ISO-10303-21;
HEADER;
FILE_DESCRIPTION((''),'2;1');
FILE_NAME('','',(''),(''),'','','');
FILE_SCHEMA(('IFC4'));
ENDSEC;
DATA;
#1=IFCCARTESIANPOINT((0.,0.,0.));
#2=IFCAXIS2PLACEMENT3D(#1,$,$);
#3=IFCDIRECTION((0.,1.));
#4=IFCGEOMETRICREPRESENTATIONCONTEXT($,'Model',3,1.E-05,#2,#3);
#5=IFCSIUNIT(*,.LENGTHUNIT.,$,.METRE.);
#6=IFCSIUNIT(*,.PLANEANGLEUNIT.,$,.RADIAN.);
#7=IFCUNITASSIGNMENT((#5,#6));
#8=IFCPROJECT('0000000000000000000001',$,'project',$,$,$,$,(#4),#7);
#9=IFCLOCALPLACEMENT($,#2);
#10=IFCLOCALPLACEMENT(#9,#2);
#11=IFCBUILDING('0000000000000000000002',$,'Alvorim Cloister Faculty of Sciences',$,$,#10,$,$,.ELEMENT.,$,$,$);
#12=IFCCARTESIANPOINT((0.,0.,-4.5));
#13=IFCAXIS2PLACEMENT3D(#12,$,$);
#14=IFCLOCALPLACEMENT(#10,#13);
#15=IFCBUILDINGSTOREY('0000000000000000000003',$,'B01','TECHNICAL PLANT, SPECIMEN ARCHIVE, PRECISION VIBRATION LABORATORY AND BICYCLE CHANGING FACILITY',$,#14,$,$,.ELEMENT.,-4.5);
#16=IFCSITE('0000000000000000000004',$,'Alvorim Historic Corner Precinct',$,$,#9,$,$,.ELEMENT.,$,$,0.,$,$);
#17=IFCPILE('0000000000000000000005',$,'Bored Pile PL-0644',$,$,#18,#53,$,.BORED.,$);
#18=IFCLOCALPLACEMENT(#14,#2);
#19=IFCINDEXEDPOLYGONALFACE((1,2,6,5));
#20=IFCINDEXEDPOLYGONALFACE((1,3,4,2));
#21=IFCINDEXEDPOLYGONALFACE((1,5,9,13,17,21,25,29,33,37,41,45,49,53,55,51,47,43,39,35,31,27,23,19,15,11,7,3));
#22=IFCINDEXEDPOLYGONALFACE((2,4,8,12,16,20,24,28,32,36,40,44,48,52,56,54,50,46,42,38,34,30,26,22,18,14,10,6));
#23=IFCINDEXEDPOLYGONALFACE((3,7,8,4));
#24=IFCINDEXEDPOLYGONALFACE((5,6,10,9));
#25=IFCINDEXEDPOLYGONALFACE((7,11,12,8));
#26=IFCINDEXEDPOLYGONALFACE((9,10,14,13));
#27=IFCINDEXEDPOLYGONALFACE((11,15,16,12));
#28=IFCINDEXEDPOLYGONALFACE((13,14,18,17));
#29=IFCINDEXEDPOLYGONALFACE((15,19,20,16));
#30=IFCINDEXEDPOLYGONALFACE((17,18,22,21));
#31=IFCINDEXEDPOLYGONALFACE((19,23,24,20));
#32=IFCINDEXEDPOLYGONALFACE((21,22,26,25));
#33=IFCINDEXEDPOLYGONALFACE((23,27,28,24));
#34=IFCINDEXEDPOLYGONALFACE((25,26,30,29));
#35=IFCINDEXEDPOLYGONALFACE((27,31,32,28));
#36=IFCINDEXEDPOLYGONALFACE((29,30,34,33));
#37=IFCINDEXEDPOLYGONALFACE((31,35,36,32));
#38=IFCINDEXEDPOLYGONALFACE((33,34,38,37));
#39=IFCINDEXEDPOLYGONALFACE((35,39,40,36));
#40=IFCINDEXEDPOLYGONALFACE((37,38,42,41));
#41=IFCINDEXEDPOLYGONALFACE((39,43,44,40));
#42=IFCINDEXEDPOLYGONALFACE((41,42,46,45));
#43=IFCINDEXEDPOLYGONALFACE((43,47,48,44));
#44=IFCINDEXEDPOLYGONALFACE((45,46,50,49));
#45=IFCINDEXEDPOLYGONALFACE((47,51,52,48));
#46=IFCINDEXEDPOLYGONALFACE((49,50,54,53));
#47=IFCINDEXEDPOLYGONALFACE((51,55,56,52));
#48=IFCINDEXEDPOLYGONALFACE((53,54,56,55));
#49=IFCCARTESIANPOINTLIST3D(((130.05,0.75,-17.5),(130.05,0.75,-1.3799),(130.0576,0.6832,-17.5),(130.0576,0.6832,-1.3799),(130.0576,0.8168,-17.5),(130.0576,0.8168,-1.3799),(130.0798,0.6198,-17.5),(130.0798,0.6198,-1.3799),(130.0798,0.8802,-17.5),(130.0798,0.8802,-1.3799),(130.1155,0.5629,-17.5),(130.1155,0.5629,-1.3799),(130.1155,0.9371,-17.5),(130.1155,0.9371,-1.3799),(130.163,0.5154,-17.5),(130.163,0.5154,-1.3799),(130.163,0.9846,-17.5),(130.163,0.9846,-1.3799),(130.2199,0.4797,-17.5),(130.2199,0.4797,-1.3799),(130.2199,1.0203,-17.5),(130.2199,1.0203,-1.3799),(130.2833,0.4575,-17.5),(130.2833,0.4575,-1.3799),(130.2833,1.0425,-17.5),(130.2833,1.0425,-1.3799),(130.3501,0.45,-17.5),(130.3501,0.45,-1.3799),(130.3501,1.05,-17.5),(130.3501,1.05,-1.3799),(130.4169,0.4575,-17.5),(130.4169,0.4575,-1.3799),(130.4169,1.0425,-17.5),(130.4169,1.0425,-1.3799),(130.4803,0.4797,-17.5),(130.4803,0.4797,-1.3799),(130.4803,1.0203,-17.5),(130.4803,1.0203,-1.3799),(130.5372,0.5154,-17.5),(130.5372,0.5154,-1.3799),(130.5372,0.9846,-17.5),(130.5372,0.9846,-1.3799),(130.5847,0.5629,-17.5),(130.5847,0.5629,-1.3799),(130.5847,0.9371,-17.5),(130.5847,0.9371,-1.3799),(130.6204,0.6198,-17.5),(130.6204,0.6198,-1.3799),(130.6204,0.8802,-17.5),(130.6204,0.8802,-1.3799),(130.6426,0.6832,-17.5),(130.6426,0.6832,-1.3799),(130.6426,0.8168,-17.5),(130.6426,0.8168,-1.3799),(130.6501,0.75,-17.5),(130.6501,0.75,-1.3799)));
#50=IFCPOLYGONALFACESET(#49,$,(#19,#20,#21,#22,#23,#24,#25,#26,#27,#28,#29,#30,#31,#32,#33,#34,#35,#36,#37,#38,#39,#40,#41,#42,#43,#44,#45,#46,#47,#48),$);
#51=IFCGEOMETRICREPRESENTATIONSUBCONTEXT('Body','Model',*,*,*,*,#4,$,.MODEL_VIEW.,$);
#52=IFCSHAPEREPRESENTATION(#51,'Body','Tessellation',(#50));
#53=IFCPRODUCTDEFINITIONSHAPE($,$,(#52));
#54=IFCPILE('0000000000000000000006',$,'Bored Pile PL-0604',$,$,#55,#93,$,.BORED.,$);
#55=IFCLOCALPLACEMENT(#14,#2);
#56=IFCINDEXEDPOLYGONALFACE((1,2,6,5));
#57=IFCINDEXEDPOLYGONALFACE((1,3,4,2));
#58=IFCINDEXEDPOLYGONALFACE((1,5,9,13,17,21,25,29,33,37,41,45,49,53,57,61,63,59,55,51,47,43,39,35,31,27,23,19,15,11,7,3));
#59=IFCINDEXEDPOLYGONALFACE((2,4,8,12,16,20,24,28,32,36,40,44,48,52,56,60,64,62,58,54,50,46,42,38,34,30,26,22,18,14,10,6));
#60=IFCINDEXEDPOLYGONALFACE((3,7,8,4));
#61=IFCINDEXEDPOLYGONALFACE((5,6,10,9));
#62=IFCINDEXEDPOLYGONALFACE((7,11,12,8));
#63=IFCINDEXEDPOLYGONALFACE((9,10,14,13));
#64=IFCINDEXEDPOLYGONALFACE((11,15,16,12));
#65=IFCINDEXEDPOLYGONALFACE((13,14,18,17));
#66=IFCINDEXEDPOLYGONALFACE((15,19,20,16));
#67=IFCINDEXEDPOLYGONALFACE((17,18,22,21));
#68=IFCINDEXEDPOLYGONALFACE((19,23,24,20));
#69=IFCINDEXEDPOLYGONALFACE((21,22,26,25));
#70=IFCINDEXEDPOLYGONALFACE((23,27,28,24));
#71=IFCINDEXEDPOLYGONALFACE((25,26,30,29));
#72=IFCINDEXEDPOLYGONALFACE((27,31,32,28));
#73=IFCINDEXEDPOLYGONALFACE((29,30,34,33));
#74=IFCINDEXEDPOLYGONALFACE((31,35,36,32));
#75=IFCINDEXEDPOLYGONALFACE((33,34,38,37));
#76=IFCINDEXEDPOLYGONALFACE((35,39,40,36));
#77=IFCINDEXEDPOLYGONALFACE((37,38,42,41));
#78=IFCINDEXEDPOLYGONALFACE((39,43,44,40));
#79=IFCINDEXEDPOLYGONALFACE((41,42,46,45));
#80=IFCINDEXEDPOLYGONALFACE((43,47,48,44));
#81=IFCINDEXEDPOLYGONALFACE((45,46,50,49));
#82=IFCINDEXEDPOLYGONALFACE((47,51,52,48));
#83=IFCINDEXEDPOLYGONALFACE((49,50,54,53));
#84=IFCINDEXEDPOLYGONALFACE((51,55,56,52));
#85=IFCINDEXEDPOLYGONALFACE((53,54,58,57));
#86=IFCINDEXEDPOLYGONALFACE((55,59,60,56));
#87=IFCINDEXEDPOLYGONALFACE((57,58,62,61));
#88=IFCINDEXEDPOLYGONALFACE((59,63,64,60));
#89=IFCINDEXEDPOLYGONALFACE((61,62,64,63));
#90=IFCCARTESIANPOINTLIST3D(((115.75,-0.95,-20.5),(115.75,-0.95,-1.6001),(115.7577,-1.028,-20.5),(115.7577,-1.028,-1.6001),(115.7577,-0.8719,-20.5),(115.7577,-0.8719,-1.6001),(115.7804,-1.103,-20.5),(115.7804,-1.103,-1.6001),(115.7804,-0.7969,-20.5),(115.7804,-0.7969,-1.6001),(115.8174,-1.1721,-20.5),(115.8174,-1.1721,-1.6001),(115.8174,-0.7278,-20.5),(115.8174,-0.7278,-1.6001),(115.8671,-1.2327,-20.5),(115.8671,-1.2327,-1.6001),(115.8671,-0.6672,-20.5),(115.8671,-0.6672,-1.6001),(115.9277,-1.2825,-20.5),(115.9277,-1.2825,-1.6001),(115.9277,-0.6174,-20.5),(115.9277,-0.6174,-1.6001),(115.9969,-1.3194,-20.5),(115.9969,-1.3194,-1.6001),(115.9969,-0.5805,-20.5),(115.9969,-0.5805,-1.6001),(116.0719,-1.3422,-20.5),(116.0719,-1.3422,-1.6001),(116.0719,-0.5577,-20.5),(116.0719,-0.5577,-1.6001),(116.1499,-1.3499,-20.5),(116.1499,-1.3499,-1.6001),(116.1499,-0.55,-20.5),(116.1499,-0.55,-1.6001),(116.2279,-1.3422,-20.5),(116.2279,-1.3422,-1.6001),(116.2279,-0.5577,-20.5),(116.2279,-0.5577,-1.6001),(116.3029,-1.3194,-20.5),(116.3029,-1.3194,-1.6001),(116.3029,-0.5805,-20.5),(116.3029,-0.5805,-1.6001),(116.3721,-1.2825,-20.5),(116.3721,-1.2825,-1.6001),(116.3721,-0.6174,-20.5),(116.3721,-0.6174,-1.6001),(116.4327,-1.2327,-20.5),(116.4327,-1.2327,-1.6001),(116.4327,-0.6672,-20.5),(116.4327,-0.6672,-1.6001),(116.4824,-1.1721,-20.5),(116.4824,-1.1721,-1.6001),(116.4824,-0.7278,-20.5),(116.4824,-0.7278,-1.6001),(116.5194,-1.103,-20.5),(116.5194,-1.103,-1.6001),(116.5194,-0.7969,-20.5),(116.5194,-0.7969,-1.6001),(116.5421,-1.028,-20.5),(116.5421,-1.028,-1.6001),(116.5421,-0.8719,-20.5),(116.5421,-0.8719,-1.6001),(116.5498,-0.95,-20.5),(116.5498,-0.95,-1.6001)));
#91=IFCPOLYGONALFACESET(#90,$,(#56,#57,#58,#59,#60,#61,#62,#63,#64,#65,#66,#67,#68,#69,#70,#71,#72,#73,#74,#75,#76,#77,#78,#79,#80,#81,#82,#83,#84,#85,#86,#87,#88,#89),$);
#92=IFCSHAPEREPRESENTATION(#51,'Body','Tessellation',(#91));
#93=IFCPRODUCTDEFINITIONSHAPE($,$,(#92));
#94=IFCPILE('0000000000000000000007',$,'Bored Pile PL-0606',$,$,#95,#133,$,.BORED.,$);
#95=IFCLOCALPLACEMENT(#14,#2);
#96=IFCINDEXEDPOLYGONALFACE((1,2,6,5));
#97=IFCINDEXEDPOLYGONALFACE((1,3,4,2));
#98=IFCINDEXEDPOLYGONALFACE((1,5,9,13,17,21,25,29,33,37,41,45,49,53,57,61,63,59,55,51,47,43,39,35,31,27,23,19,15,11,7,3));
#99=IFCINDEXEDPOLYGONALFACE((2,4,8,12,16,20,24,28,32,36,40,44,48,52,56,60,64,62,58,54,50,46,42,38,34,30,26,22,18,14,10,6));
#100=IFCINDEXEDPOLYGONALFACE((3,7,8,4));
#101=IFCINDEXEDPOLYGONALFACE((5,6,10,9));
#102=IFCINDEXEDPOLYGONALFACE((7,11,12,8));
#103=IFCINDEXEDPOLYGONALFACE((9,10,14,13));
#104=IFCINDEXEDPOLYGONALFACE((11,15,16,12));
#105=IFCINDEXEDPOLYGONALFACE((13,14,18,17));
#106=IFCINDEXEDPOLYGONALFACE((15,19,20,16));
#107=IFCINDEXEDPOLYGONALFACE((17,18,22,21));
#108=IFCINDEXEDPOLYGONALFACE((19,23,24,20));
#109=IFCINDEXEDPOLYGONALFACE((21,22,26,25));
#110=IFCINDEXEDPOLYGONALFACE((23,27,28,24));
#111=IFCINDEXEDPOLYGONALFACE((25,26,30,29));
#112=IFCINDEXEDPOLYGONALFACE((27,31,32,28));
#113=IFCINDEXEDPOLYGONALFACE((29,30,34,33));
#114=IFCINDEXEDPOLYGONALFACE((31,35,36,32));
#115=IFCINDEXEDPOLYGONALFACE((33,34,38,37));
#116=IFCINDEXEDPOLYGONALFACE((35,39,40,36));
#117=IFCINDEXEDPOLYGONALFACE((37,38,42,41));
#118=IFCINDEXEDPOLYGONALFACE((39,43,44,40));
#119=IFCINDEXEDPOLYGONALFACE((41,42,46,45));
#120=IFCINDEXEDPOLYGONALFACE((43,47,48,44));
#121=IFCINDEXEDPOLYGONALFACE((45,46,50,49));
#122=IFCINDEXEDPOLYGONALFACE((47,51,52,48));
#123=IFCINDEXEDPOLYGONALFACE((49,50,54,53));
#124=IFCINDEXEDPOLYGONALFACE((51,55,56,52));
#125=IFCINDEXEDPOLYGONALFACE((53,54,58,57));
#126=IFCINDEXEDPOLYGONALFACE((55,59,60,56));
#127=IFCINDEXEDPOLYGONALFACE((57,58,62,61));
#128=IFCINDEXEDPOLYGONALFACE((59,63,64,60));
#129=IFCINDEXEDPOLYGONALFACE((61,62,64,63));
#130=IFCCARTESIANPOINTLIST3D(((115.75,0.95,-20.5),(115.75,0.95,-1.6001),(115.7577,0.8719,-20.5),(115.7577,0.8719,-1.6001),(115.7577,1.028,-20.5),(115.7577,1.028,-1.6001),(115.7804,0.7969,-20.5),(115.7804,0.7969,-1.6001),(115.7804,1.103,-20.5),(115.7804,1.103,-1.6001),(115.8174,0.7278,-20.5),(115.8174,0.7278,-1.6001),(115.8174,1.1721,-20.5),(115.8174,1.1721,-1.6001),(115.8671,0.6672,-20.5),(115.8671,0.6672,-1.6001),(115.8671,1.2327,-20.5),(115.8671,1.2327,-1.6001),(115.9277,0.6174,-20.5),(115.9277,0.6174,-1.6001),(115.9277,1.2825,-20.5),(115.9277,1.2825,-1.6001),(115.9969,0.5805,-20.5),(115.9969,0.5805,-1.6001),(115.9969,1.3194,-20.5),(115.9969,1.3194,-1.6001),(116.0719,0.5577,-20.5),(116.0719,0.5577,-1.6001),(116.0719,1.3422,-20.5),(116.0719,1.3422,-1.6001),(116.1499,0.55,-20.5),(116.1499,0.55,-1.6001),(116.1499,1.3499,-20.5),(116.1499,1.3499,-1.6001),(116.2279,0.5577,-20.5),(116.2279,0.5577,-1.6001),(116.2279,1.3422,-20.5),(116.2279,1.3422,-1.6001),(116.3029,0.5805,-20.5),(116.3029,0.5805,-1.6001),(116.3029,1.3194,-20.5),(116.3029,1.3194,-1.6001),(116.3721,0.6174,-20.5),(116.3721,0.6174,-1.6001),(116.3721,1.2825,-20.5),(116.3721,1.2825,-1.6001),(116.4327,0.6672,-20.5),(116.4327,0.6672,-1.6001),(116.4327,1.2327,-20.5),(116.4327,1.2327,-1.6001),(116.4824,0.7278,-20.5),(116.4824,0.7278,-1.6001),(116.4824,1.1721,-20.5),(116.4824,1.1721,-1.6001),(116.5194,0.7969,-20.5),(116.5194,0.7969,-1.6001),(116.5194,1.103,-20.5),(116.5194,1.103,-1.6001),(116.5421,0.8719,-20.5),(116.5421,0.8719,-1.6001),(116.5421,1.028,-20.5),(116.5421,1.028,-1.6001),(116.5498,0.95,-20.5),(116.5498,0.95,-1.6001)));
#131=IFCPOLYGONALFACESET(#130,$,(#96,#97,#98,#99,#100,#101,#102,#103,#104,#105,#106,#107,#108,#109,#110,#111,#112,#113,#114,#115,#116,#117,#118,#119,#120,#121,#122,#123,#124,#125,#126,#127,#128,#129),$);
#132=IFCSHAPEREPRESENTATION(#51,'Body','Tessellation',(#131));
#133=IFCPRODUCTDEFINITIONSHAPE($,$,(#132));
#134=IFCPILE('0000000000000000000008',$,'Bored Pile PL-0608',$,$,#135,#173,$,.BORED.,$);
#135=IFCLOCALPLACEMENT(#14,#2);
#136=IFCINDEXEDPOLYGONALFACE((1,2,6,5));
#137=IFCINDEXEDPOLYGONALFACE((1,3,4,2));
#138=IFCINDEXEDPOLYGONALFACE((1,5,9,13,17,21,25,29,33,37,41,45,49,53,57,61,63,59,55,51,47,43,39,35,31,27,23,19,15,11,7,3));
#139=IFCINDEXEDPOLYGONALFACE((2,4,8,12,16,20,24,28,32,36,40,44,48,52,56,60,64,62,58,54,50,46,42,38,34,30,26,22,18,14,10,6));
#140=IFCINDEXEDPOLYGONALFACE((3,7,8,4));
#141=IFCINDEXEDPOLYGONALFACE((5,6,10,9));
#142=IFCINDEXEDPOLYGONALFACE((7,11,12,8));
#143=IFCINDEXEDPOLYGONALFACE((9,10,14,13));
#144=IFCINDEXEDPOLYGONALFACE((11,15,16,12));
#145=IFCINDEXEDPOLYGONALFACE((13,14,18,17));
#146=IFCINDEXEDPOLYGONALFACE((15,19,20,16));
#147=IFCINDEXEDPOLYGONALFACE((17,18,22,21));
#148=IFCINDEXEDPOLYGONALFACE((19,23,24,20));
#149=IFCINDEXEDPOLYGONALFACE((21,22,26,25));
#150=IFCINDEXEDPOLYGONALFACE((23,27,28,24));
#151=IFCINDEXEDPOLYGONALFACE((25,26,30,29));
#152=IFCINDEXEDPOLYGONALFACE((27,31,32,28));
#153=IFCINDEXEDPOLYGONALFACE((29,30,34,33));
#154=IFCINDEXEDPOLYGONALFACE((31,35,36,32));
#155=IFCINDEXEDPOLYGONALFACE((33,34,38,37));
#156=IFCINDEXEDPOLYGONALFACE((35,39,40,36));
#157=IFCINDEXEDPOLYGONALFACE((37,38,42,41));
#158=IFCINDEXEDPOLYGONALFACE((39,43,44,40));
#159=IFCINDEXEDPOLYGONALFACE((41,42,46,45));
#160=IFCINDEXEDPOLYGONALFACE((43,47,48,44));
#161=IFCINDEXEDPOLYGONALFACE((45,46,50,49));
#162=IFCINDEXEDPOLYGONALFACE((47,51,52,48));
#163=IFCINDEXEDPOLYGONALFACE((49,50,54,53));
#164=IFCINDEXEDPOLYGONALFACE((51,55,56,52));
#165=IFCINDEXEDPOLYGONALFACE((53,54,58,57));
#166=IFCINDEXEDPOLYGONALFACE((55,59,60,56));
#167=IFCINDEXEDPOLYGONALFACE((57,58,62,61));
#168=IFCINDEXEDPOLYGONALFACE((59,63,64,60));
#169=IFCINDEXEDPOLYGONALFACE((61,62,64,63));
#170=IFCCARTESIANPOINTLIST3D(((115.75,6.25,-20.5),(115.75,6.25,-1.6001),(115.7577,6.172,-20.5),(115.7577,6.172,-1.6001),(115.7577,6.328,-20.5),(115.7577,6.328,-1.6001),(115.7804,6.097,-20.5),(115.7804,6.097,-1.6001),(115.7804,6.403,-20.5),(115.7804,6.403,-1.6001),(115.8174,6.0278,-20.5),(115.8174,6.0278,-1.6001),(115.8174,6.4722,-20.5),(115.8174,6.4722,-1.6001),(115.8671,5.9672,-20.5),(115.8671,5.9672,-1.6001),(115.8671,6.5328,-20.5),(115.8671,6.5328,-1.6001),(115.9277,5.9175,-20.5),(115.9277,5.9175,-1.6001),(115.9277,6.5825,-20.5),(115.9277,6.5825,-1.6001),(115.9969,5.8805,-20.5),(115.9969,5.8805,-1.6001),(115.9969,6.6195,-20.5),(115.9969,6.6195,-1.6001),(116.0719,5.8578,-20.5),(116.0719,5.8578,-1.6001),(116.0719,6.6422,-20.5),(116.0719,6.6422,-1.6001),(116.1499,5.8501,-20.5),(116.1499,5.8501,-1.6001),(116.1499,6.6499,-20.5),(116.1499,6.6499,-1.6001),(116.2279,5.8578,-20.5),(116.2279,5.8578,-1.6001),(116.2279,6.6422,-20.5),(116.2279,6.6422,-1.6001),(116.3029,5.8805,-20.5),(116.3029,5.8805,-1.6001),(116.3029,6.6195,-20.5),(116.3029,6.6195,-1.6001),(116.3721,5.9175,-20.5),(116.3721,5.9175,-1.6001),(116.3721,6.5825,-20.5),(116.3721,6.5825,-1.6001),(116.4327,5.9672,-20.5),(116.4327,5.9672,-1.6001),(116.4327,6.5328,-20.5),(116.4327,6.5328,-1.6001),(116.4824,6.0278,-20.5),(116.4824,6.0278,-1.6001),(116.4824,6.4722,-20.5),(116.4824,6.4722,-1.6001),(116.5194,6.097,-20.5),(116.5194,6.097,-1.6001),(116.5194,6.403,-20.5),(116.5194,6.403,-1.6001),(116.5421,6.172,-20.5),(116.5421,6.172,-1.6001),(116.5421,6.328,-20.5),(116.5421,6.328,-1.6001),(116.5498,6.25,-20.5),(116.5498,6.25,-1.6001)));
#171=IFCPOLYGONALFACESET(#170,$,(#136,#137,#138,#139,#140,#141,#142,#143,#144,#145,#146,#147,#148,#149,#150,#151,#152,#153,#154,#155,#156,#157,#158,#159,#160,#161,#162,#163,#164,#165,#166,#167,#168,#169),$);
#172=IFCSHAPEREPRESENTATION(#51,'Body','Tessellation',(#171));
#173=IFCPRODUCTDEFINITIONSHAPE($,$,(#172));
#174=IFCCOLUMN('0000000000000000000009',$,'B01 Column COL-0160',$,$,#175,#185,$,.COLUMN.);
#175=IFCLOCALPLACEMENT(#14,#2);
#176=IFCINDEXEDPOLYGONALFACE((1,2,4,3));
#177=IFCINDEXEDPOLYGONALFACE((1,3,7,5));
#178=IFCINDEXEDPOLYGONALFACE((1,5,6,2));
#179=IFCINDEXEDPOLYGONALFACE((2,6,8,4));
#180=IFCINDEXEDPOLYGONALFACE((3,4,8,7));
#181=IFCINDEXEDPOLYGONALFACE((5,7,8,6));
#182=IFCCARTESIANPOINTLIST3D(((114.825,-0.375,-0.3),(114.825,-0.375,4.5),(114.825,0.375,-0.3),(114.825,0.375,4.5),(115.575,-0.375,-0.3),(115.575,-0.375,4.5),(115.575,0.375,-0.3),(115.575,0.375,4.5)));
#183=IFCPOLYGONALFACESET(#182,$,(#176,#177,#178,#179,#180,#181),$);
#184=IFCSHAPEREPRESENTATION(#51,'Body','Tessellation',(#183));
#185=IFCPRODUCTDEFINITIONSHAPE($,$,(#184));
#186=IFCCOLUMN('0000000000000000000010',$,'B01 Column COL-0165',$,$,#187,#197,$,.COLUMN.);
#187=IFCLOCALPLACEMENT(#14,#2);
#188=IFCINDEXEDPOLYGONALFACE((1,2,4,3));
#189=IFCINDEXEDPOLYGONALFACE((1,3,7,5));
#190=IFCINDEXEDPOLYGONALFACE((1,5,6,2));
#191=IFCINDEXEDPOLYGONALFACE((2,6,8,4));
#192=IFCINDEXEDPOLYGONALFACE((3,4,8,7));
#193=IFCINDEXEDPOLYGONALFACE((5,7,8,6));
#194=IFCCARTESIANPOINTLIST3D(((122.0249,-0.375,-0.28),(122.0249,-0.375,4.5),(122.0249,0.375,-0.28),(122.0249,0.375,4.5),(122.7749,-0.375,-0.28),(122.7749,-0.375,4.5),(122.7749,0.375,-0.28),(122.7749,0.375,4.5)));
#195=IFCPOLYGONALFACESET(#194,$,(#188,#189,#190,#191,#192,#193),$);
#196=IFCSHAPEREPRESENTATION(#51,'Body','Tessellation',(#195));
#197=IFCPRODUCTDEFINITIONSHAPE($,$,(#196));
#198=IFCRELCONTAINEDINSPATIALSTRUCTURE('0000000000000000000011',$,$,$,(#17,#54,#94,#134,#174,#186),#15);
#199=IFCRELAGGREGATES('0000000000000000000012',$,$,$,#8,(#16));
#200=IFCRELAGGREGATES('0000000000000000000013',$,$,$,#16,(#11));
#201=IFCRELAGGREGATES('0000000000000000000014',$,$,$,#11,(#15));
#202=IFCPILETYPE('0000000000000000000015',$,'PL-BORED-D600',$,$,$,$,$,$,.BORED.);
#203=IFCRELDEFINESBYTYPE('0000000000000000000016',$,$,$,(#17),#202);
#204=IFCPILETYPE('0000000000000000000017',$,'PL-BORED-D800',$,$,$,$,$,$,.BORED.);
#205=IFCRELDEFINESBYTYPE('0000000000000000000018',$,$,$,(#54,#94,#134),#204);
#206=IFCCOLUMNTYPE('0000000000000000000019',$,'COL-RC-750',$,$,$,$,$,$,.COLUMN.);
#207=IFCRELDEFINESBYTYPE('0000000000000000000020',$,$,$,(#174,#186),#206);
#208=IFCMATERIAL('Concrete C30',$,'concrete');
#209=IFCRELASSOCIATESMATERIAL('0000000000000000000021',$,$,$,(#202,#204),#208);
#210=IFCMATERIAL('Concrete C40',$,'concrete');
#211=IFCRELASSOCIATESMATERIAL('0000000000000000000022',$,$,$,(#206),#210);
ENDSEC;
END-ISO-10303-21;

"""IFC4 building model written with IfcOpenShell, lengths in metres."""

from ifc_helpers import new_model, si_unit, direction, frame, origin, origin_2d, place, context, subcontext, project, spatial, rectangle, circle, extrude, material, material_profile, profile_set, type_object, element, save


model = new_model("IFC4")

# Units and contexts
model_context = context("Model", 3, precision=1e-05, world=origin(), true_north=direction((0.0, 1.0)))
body_context = subcontext(model_context, "Body", "Model", "MODEL_VIEW")
ifc_project = project(units=[si_unit("LENGTHUNIT", "METRE"), si_unit("PLANEANGLEUNIT", "RADIAN")], contexts=[model_context])

# Site, building, storey
site_placement = place(None, origin())
site = spatial("IfcSite", under=ifc_project, at=site_placement, Name="Alvorim Historic Corner Precinct", CompositionType="ELEMENT", RefElevation=0.0)
building_placement = place(site_placement, origin())
building = spatial("IfcBuilding", under=site, at=building_placement, Name="Alvorim Cloister Faculty of Sciences", CompositionType="ELEMENT")
storey_placement = place(building_placement, frame((0.0, 0.0, -4.5)))
storey = spatial("IfcBuildingStorey", under=building, at=storey_placement, Name="B01", Description="TECHNICAL PLANT, SPECIMEN ARCHIVE, PRECISION VIBRATION LABORATORY AND BICYCLE CHANGING FACILITY", CompositionType="ELEMENT", Elevation=-4.5)

# Shared definitions
ifc_material_1 = material(Name="Concrete C40", Category="concrete")

# Piles
ifc_material_2 = material(Name="Concrete C30", Category="concrete")
ifc_material_profile_1 = material_profile(ifc_material_2, circle(Radius=0.3, at=origin_2d()), Name="PILE-D600")
ifc_profile_set_1 = profile_set([ifc_material_profile_1], Name="Concrete C30")
pile_type_1 = type_object("IfcPileType", Name="PL-BORED-D600", PredefinedType="BORED", material=ifc_profile_set_1)
for number, where, z_axis, x_axis, name in (
    (1, (130.3501, 0.75, -1.3799), (0.0, 0.0, -1.0), (1.0, 0.0, 0.0), "Bored Pile PL-0644"),
):
    element("IfcPile", number, at=place(storey_placement, frame(where, z_axis=z_axis, x_axis=x_axis)), inside=storey, type_object=pile_type_1, Name=name, PredefinedType="BORED", context=body_context, shape_type="SweptSolid", body=[
        extrude(circle(Radius=0.3, at=origin_2d()), origin(), (0.0, 0.0, 1.0), 16.1201),
    ])
ifc_material_profile_2 = material_profile(ifc_material_2, circle(Radius=0.3999, at=origin_2d()), Name="PILE-D800")
ifc_profile_set_2 = profile_set([ifc_material_profile_2], Name="Concrete C30")
pile_type_2 = type_object("IfcPileType", Name="PL-BORED-D800", PredefinedType="BORED", material=ifc_profile_set_2)
for number, where, z_axis, x_axis, name in (
    (2, (116.1499, -0.95, -1.6001), (0.0, 0.0, -1.0), (1.0, 0.0, 0.0), "Bored Pile PL-0604"),
    (3, (116.1499, 0.95, -1.6001), (0.0, 0.0, -1.0), (1.0, 0.0, 0.0), "Bored Pile PL-0606"),
    (4, (116.1499, 6.25, -1.6001), (0.0, 0.0, -1.0), (1.0, 0.0, 0.0), "Bored Pile PL-0608"),
):
    element("IfcPile", number, at=place(storey_placement, frame(where, z_axis=z_axis, x_axis=x_axis)), inside=storey, type_object=pile_type_2, Name=name, PredefinedType="BORED", context=body_context, shape_type="SweptSolid", body=[
        extrude(circle(Radius=0.3999, at=origin_2d()), origin(), (0.0, 0.0, 1.0), 18.8999),
    ])

# Columns
ifc_material_profile_3 = material_profile(ifc_material_1, rectangle(XDim=0.75, YDim=0.75, at=origin_2d()), Name="RC40-COL-750x750")
ifc_profile_set_3 = profile_set([ifc_material_profile_3], Name="Concrete C40")
column_type_1 = type_object("IfcColumnType", Name="COL-RC-750", PredefinedType="COLUMN", material=ifc_profile_set_3)
column_1_placement = place(storey_placement, frame((115.2, 0.0, -0.3), z_axis=(0.0, 0.0, 1.0), x_axis=(1.0, 0.0, 0.0)))
element("IfcColumn", 5, at=column_1_placement, inside=storey, type_object=column_type_1, Name="B01 Column COL-0160", PredefinedType="COLUMN", context=body_context, shape_type="SweptSolid", body=[
    extrude(rectangle(XDim=0.75, YDim=0.75, at=origin_2d()), origin(), (0.0, 0.0, 1.0), 4.8),
])
for number, where, z_axis, x_axis, name in (
    (6, (122.3999, 0.0, -0.28), (0.0, 0.0, 1.0), (1.0, 0.0, 0.0), "B01 Column COL-0165"),
):
    element("IfcColumn", number, at=place(storey_placement, frame(where, z_axis=z_axis, x_axis=x_axis)), inside=storey, type_object=column_type_1, Name=name, PredefinedType="COLUMN", context=body_context, shape_type="SweptSolid", body=[
        extrude(rectangle(XDim=0.75, YDim=0.75, at=origin_2d()), origin(), (0.0, 0.0, 1.0), 4.78),
    ])

save(model, "model.ifc")
